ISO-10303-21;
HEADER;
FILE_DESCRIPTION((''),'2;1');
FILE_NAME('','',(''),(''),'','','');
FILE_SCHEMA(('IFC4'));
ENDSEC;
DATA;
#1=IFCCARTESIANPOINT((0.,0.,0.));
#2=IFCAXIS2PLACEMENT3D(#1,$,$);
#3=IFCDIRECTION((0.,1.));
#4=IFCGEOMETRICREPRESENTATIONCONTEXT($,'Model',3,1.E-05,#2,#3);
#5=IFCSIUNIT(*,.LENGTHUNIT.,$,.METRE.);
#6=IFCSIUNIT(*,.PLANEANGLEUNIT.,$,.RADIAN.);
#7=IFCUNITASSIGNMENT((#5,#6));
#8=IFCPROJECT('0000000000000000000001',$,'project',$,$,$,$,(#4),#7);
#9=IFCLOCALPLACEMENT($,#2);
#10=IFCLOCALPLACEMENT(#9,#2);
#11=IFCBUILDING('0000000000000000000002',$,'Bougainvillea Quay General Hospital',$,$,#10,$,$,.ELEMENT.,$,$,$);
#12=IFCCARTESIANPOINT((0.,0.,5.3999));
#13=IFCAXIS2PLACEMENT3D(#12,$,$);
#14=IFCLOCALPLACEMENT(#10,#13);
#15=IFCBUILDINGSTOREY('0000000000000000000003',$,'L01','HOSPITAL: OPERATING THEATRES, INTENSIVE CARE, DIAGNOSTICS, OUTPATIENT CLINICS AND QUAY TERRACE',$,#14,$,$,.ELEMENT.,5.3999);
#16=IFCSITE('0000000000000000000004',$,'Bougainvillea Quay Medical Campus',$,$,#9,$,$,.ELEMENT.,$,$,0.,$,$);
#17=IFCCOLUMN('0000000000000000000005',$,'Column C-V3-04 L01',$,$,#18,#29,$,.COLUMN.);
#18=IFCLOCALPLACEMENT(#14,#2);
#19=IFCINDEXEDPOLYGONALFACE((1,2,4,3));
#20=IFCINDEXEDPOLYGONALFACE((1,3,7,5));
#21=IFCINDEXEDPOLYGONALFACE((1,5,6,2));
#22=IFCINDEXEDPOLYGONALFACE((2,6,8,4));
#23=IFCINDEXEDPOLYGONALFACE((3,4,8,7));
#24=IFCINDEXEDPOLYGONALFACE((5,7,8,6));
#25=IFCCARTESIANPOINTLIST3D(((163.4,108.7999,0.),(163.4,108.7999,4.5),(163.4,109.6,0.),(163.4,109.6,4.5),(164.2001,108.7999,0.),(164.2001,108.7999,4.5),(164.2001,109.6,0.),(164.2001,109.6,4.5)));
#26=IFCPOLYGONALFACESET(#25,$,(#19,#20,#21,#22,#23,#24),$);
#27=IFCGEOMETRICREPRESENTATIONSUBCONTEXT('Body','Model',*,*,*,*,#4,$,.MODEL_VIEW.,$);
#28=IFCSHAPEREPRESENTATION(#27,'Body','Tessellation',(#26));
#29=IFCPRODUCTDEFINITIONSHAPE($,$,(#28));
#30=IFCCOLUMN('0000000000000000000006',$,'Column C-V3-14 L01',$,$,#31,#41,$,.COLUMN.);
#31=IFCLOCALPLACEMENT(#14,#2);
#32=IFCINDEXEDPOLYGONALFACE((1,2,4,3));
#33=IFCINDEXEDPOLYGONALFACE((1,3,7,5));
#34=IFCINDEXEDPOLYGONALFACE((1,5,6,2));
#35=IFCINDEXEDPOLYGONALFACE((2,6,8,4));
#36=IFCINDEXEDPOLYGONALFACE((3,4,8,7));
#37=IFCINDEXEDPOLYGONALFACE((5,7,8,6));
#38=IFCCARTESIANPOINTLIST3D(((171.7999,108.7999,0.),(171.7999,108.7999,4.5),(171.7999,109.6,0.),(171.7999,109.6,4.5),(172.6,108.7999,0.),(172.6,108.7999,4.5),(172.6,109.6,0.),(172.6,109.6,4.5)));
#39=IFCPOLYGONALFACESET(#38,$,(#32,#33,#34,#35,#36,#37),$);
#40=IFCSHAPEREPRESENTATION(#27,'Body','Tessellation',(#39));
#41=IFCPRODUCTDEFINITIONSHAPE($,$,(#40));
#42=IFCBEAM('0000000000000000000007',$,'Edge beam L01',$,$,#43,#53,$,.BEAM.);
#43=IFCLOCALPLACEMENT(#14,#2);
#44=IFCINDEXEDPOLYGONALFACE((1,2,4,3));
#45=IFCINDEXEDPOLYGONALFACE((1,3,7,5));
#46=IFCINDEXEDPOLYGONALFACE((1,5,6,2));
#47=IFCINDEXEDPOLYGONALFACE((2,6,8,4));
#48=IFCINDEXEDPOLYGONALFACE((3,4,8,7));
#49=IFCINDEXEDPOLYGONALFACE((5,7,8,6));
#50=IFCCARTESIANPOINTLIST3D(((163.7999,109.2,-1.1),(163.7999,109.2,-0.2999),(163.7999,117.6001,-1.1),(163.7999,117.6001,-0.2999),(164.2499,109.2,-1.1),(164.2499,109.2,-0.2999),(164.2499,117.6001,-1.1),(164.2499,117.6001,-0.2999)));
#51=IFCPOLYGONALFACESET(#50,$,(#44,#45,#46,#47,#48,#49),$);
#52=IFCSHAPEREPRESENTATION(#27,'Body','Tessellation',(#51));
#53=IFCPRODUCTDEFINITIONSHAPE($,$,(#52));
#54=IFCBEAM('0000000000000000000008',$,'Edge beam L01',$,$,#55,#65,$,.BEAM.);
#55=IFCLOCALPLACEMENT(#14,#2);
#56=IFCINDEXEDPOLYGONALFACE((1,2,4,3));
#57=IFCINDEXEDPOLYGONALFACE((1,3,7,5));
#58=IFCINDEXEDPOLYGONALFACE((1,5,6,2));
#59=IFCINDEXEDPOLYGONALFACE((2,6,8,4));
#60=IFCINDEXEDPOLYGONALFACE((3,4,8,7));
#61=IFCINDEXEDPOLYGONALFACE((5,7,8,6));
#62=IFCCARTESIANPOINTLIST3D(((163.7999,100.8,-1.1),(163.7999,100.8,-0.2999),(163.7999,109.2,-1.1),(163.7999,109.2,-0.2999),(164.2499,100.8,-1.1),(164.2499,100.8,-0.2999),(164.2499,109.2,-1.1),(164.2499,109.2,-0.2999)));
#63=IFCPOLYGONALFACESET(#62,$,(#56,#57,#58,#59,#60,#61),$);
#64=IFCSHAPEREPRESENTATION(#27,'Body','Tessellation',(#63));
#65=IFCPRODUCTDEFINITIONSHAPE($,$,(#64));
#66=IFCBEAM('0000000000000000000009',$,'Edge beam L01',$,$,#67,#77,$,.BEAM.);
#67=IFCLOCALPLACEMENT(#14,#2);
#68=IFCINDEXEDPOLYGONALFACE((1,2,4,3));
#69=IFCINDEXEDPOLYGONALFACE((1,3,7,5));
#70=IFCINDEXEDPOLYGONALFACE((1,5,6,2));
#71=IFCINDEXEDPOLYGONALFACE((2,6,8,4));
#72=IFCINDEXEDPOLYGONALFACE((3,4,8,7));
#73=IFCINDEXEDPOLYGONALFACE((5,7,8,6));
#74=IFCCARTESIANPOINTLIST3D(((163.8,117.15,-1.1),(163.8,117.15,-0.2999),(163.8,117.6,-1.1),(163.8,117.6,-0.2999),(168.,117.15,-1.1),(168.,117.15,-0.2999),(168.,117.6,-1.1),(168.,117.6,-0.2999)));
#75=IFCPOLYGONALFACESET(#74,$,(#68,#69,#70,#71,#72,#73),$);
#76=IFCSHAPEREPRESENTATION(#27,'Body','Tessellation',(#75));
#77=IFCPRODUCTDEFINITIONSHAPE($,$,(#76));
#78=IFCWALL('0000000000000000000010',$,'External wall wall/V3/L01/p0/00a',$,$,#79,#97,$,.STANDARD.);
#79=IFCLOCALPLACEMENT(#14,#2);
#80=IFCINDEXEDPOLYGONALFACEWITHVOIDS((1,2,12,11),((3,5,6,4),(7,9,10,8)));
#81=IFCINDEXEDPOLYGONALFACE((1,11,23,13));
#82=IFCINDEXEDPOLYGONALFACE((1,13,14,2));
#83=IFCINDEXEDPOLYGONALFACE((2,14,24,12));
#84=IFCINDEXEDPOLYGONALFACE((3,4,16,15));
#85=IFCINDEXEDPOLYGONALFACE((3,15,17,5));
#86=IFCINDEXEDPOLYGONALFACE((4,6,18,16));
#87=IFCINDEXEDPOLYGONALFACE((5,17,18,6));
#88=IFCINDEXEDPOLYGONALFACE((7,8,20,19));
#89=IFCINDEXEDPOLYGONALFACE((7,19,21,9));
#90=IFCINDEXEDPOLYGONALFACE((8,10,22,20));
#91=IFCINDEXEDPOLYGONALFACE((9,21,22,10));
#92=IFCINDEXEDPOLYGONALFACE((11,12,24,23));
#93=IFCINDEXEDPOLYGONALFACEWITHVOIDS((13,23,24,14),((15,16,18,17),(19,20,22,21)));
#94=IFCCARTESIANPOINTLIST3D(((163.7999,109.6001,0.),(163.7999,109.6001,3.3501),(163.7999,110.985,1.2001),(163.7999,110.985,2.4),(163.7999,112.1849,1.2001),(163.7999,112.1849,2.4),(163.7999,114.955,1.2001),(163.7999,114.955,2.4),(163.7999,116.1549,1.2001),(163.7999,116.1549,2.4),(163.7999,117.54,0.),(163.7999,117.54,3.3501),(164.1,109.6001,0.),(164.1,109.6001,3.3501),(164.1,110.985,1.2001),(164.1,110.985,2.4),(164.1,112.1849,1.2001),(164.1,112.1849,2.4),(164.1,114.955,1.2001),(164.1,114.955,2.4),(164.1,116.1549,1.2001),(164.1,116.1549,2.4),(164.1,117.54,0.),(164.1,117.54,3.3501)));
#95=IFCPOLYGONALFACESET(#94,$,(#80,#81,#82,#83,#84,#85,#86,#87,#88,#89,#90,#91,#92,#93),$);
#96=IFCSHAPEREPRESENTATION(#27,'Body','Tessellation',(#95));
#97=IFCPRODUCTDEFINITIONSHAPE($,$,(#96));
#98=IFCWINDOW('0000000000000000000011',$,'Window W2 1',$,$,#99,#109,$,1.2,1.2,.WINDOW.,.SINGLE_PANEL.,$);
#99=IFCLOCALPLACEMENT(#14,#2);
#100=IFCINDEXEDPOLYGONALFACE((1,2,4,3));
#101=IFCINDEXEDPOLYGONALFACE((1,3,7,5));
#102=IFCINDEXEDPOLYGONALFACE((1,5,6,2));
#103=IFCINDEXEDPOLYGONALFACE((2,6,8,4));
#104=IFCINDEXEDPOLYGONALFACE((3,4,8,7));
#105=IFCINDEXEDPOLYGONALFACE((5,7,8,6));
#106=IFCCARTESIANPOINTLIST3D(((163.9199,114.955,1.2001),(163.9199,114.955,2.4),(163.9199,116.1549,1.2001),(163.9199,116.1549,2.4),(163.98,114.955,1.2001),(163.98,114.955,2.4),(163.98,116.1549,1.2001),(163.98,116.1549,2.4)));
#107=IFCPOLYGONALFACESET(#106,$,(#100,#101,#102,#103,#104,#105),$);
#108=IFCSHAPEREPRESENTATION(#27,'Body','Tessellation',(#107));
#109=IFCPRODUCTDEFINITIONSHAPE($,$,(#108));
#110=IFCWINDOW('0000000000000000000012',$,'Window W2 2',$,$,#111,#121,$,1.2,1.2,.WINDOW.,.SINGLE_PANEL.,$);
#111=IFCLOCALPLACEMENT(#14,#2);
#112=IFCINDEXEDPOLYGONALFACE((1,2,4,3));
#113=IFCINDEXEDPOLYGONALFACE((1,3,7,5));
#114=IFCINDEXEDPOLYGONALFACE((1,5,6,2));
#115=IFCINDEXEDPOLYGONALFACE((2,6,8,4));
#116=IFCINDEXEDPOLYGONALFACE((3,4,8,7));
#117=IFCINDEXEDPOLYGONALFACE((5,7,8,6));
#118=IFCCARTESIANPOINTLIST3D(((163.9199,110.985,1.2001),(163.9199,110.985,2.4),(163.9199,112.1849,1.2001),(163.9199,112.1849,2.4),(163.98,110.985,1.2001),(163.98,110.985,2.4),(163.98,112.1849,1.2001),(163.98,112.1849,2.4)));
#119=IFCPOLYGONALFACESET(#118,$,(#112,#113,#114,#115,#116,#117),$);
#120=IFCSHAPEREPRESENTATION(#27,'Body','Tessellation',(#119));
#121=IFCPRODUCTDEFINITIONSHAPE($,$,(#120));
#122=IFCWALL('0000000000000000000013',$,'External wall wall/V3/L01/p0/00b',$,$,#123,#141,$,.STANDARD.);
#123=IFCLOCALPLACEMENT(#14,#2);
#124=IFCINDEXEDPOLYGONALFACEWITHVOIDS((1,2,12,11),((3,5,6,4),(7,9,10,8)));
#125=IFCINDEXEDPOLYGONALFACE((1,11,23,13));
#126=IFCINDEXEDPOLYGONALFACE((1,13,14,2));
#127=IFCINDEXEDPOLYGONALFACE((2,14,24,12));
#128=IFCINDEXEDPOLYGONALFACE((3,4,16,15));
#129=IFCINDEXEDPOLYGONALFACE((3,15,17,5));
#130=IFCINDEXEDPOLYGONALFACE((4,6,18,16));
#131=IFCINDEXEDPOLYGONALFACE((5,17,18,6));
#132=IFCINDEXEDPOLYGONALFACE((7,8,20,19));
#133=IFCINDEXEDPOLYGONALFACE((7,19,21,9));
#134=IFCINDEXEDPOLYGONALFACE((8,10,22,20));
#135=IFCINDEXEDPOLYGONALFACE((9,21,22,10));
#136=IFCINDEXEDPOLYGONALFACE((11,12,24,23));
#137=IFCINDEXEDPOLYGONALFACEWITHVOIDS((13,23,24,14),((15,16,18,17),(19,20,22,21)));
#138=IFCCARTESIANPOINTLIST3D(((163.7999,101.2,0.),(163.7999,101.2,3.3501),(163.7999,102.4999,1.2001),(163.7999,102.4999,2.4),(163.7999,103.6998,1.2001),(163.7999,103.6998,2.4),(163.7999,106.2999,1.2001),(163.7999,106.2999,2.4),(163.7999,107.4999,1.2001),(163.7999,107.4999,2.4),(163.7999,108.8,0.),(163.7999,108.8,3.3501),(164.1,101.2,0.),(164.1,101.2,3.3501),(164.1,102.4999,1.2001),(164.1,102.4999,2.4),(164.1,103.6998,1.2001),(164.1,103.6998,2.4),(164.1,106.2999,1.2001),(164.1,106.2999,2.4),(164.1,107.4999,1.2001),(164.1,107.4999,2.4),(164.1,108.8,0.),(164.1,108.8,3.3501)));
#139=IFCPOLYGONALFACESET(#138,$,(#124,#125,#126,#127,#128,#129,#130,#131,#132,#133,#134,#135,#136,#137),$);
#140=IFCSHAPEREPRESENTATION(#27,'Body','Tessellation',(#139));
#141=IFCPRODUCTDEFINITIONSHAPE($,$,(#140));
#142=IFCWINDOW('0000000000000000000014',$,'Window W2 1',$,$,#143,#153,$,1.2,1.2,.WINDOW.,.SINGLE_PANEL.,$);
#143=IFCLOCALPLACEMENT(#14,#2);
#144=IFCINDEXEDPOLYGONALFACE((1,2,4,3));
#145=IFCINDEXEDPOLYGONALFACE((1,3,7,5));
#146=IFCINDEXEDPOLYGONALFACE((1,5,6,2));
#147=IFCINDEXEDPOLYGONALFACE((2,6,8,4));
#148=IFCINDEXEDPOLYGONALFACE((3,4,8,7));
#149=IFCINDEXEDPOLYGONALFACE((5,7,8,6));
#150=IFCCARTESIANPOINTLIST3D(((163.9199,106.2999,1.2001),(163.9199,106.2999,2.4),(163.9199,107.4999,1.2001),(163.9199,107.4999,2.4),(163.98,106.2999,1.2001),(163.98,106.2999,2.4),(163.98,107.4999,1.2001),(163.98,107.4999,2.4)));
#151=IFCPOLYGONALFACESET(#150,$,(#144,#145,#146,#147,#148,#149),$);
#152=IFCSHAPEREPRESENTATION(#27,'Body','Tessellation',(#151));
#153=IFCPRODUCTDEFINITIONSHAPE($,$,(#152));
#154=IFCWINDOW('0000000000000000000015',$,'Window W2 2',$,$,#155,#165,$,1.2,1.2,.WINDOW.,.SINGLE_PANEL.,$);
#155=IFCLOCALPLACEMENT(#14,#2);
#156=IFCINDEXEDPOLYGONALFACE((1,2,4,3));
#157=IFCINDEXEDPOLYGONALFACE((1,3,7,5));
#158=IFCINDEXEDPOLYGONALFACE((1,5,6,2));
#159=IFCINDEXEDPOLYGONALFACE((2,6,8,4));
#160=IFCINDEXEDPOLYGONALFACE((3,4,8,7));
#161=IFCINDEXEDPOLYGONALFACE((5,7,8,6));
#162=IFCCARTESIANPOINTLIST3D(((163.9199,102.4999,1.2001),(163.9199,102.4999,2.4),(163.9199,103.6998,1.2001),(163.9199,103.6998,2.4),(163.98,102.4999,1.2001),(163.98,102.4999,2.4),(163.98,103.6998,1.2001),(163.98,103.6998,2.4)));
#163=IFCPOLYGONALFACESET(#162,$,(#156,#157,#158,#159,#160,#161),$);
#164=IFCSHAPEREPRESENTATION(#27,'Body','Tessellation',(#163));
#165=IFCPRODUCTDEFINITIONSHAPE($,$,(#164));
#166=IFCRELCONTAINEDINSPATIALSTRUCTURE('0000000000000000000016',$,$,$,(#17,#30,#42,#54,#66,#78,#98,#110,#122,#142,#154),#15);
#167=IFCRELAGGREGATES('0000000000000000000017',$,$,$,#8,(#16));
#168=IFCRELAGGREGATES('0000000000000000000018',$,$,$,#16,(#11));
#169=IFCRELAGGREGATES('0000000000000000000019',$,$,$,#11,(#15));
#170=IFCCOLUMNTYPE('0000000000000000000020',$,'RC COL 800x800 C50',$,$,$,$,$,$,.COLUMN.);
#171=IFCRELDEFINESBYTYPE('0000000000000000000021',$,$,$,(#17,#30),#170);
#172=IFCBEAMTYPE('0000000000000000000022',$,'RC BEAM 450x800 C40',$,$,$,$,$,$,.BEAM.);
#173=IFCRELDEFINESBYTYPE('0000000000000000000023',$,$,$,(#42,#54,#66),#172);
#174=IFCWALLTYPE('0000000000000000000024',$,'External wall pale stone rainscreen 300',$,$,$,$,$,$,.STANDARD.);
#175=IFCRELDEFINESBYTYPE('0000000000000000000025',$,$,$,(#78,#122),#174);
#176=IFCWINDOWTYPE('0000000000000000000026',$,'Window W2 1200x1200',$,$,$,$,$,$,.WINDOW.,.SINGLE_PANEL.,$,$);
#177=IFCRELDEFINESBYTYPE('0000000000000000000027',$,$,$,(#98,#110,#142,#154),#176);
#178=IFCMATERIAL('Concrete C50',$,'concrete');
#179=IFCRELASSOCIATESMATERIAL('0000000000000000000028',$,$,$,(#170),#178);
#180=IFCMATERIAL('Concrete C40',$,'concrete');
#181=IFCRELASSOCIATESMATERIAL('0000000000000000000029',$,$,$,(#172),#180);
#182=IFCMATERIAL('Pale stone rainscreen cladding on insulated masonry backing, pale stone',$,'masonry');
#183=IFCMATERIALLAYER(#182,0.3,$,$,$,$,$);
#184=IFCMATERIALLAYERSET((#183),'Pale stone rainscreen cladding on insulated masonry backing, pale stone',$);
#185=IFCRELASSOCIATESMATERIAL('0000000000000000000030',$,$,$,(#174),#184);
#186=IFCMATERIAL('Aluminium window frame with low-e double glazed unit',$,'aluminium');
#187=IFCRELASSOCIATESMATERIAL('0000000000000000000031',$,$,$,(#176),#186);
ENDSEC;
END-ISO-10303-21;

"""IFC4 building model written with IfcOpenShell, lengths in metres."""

from ifc_helpers import new_model, si_unit, direction, frame, frame_2d, origin, origin_2d, place, context, subcontext, project, spatial, rectangle, extrude, material, layer, layer_set, material_profile, profile_set, type_object, element, fill, save


model = new_model("IFC4")

# Units and contexts
model_context = context("Model", 3, precision=1e-05, world=origin(), true_north=direction((0.0, 1.0)))
body_context = subcontext(model_context, "Body", "Model", "MODEL_VIEW")
ifc_project = project(units=[si_unit("LENGTHUNIT", "METRE"), si_unit("PLANEANGLEUNIT", "RADIAN")], contexts=[model_context])

# Site, building, storey
site_placement = place(None, origin())
site = spatial("IfcSite", under=ifc_project, at=site_placement, Name="Bougainvillea Quay Medical Campus", CompositionType="ELEMENT", RefElevation=0.0)
building_placement = place(site_placement, origin())
building = spatial("IfcBuilding", under=site, at=building_placement, Name="Bougainvillea Quay General Hospital", CompositionType="ELEMENT")
storey_placement = place(building_placement, frame((0.0, 0.0, 5.3999)))
storey = spatial("IfcBuildingStorey", under=building, at=storey_placement, Name="L01", Description="HOSPITAL: OPERATING THEATRES, INTENSIVE CARE, DIAGNOSTICS, OUTPATIENT CLINICS AND QUAY TERRACE", CompositionType="ELEMENT", Elevation=5.3999)

# Columns
ifc_material_1 = material(Name="Concrete C50", Category="concrete")
ifc_material_profile_1 = material_profile(ifc_material_1, rectangle(XDim=0.8, YDim=0.8, at=origin_2d()))
ifc_profile_set_1 = profile_set([ifc_material_profile_1], Name="Concrete C50")
column_type = type_object("IfcColumnType", Name="RC COL 800x800 C50", PredefinedType="COLUMN", material=ifc_profile_set_1)
for number, where, z_axis, x_axis, name in (
    (1, (163.8, 109.2, 0.0), (0.0, 0.0, 1.0), (1.0, 0.0, 0.0), "Column C-V3-04 L01"),
    (2, (172.2, 109.2, 0.0), (0.0, 0.0, 1.0), (1.0, 0.0, 0.0), "Column C-V3-14 L01"),
):
    element("IfcColumn", number, at=place(storey_placement, frame(where, z_axis=z_axis, x_axis=x_axis)), inside=storey, type_object=column_type, Name=name, PredefinedType="COLUMN", context=body_context, shape_type="SweptSolid", body=[
        extrude(rectangle(XDim=0.8, YDim=0.8, at=origin_2d()), origin(), (0.0, 0.0, 1.0), 4.5),
    ])

# Beams
ifc_material_2 = material(Name="Concrete C40", Category="concrete")
ifc_material_profile_2 = material_profile(ifc_material_2, rectangle(XDim=0.45, YDim=0.8, at=origin_2d()))
ifc_profile_set_2 = profile_set([ifc_material_profile_2], Name="Concrete C40")
beam_type = type_object("IfcBeamType", Name="RC BEAM 450x800 C40", PredefinedType="BEAM", material=ifc_profile_set_2)
beam_1_placement = place(storey_placement, frame((164.0249, 117.6001, -0.7), z_axis=(0.0, -1.0, 0.0), x_axis=(1.0, 0.0, 0.0)))
element("IfcBeam", 3, at=beam_1_placement, inside=storey, type_object=beam_type, Name="Edge beam L01", PredefinedType="BEAM", context=body_context, shape_type="SweptSolid", body=[
    extrude(rectangle(XDim=0.45, YDim=0.8, at=origin_2d()), origin(), (0.0, 0.0, 1.0), 8.4001),
])
beam_2_placement = place(storey_placement, frame((164.0249, 109.2, -0.7), z_axis=(0.0, -1.0, 0.0), x_axis=(1.0, 0.0, 0.0)))
element("IfcBeam", 4, at=beam_2_placement, inside=storey, type_object=beam_type, Name="Edge beam L01", PredefinedType="BEAM", context=body_context, shape_type="SweptSolid", body=[
    extrude(rectangle(XDim=0.45, YDim=0.8, at=origin_2d()), origin(), (0.0, 0.0, 1.0), 8.3999),
])
beam_3_placement = place(storey_placement, frame((168.0, 117.375, -0.7), z_axis=(-1.0, 0.0, 0.0), x_axis=(0.0, -1.0, 0.0)))
element("IfcBeam", 5, at=beam_3_placement, inside=storey, type_object=beam_type, Name="Edge beam L01", PredefinedType="BEAM", context=body_context, shape_type="SweptSolid", body=[
    extrude(rectangle(XDim=0.45, YDim=0.8, at=origin_2d()), origin(), (0.0, 0.0, 1.0), 4.2),
])

# Walls, openings, windows
ifc_material_3 = material(Name="Pale stone rainscreen cladding on insulated masonry backing, pale stone", Category="masonry")
ifc_layer_1 = layer(ifc_material_3, 0.3)
ifc_layer_set_1 = layer_set([ifc_layer_1], Name="Pale stone rainscreen cladding on insulated masonry backing, pale stone")
wall_type_1 = type_object("IfcWallType", Name="External wall pale stone rainscreen 300", PredefinedType="STANDARD", material=ifc_layer_set_1)
wall_1_placement = place(storey_placement, frame((163.95, 117.54, 0.0), z_axis=(0.0, 0.0, 1.0), x_axis=(0.0, -1.0, 0.0)))
wall_1 = element("IfcWall", 6, at=wall_1_placement, inside=storey, type_object=wall_type_1, Name="External wall wall/V3/L01/p0/00a", PredefinedType="STANDARD", context=body_context, shape_type="SweptSolid", body=[
    extrude(rectangle(XDim=7.9399, YDim=0.3, at=frame_2d((3.97, 0.0))), origin(), (0.0, 0.0, 1.0), 3.3501),
])
opening_1_placement = place(wall_1_placement, frame((1.385, 0.0, 1.2)))
opening_1 = element("IfcOpeningElement", 7, at=opening_1_placement, cuts=wall_1, PredefinedType="OPENING", context=body_context, shape_type="SweptSolid", body=[
    extrude(rectangle(XDim=1.2, YDim=1.2, at=frame_2d((0.6001, 0.6001))), frame((0.0, 0.1599, 0.0), z_axis=(0.0, -1.0, 0.0), x_axis=(1.0, 0.0, 0.0)), (0.0, 0.0, 1.0), 0.3201),
])
opening_2_placement = place(wall_1_placement, frame((5.355, 0.0, 1.2)))
opening_2 = element("IfcOpeningElement", 8, at=opening_2_placement, cuts=wall_1, PredefinedType="OPENING", context=body_context, shape_type="SweptSolid", body=[
    extrude(rectangle(XDim=1.2, YDim=1.2, at=frame_2d((0.6001, 0.6001))), frame((0.0, 0.1599, 0.0), z_axis=(0.0, -1.0, 0.0), x_axis=(1.0, 0.0, 0.0)), (0.0, 0.0, 1.0), 0.3201),
])
ifc_material_4 = material(Name="Aluminium window frame with low-e double glazed unit", Category="aluminium")
window_type = type_object("IfcWindowType", Name="Window W2 1200x1200", PartitioningType="SINGLE_PANEL", PredefinedType="WINDOW", material=ifc_material_4)
window_1_placement = place(opening_1_placement, origin())
window_1 = element("IfcWindow", 9, at=window_1_placement, inside=storey, type_object=window_type, Name="Window W2 1", OverallHeight=1.2, OverallWidth=1.2, PartitioningType="SINGLE_PANEL", PredefinedType="WINDOW", context=body_context, shape_type="SweptSolid", body=[
    extrude(rectangle(XDim=1.2, YDim=1.2, at=frame_2d((0.6001, 0.6001))), frame((0.0, 0.03, 0.0), z_axis=(0.0, -1.0, 0.0), x_axis=(1.0, 0.0, 0.0)), (0.0, 0.0, 1.0), 0.0601),
])
fill(opening_1, window_1)
window_2_placement = place(opening_2_placement, origin())
window_2 = element("IfcWindow", 10, at=window_2_placement, inside=storey, type_object=window_type, Name="Window W2 2", OverallHeight=1.2, OverallWidth=1.2, PartitioningType="SINGLE_PANEL", PredefinedType="WINDOW", context=body_context, shape_type="SweptSolid", body=[
    extrude(rectangle(XDim=1.2, YDim=1.2, at=frame_2d((0.6001, 0.6001))), frame((0.0, 0.03, 0.0), z_axis=(0.0, -1.0, 0.0), x_axis=(1.0, 0.0, 0.0)), (0.0, 0.0, 1.0), 0.0601),
])
fill(opening_2, window_2)
wall_2_placement = place(storey_placement, frame((163.95, 108.8, 0.0), z_axis=(0.0, 0.0, 1.0), x_axis=(0.0, -1.0, 0.0)))
wall_2 = element("IfcWall", 11, at=wall_2_placement, inside=storey, type_object=wall_type_1, Name="External wall wall/V3/L01/p0/00b", PredefinedType="STANDARD", context=body_context, shape_type="SweptSolid", body=[
    extrude(rectangle(XDim=7.6001, YDim=0.3, at=frame_2d((3.8, 0.0))), origin(), (0.0, 0.0, 1.0), 3.3501),
])
opening_3_placement = place(wall_2_placement, frame((1.3, 0.0, 1.2)))
opening_3 = element("IfcOpeningElement", 12, at=opening_3_placement, cuts=wall_2, PredefinedType="OPENING", context=body_context, shape_type="SweptSolid", body=[
    extrude(rectangle(XDim=1.2, YDim=1.2, at=frame_2d((0.6001, 0.6001))), frame((0.0, 0.1599, 0.0), z_axis=(0.0, -1.0, 0.0), x_axis=(1.0, 0.0, 0.0)), (0.0, 0.0, 1.0), 0.3201),
])
opening_4_placement = place(wall_2_placement, frame((5.1001, 0.0, 1.2)))
opening_4 = element("IfcOpeningElement", 13, at=opening_4_placement, cuts=wall_2, PredefinedType="OPENING", context=body_context, shape_type="SweptSolid", body=[
    extrude(rectangle(XDim=1.2, YDim=1.2, at=frame_2d((0.6001, 0.6001))), frame((0.0, 0.1599, 0.0), z_axis=(0.0, -1.0, 0.0), x_axis=(1.0, 0.0, 0.0)), (0.0, 0.0, 1.0), 0.3201),
])
window_3_placement = place(opening_3_placement, origin())
window_3 = element("IfcWindow", 14, at=window_3_placement, inside=storey, type_object=window_type, Name="Window W2 1", OverallHeight=1.2, OverallWidth=1.2, PartitioningType="SINGLE_PANEL", PredefinedType="WINDOW", context=body_context, shape_type="SweptSolid", body=[
    extrude(rectangle(XDim=1.2, YDim=1.2, at=frame_2d((0.6001, 0.6001))), frame((0.0, 0.03, 0.0), z_axis=(0.0, -1.0, 0.0), x_axis=(1.0, 0.0, 0.0)), (0.0, 0.0, 1.0), 0.0601),
])
fill(opening_3, window_3)
window_4_placement = place(opening_4_placement, origin())
window_4 = element("IfcWindow", 15, at=window_4_placement, inside=storey, type_object=window_type, Name="Window W2 2", OverallHeight=1.2, OverallWidth=1.2, PartitioningType="SINGLE_PANEL", PredefinedType="WINDOW", context=body_context, shape_type="SweptSolid", body=[
    extrude(rectangle(XDim=1.2, YDim=1.2, at=frame_2d((0.6001, 0.6001))), frame((0.0, 0.03, 0.0), z_axis=(0.0, -1.0, 0.0), x_axis=(1.0, 0.0, 0.0)), (0.0, 0.0, 1.0), 0.0601),
])
fill(opening_4, window_4)

save(model, "model.ifc")
